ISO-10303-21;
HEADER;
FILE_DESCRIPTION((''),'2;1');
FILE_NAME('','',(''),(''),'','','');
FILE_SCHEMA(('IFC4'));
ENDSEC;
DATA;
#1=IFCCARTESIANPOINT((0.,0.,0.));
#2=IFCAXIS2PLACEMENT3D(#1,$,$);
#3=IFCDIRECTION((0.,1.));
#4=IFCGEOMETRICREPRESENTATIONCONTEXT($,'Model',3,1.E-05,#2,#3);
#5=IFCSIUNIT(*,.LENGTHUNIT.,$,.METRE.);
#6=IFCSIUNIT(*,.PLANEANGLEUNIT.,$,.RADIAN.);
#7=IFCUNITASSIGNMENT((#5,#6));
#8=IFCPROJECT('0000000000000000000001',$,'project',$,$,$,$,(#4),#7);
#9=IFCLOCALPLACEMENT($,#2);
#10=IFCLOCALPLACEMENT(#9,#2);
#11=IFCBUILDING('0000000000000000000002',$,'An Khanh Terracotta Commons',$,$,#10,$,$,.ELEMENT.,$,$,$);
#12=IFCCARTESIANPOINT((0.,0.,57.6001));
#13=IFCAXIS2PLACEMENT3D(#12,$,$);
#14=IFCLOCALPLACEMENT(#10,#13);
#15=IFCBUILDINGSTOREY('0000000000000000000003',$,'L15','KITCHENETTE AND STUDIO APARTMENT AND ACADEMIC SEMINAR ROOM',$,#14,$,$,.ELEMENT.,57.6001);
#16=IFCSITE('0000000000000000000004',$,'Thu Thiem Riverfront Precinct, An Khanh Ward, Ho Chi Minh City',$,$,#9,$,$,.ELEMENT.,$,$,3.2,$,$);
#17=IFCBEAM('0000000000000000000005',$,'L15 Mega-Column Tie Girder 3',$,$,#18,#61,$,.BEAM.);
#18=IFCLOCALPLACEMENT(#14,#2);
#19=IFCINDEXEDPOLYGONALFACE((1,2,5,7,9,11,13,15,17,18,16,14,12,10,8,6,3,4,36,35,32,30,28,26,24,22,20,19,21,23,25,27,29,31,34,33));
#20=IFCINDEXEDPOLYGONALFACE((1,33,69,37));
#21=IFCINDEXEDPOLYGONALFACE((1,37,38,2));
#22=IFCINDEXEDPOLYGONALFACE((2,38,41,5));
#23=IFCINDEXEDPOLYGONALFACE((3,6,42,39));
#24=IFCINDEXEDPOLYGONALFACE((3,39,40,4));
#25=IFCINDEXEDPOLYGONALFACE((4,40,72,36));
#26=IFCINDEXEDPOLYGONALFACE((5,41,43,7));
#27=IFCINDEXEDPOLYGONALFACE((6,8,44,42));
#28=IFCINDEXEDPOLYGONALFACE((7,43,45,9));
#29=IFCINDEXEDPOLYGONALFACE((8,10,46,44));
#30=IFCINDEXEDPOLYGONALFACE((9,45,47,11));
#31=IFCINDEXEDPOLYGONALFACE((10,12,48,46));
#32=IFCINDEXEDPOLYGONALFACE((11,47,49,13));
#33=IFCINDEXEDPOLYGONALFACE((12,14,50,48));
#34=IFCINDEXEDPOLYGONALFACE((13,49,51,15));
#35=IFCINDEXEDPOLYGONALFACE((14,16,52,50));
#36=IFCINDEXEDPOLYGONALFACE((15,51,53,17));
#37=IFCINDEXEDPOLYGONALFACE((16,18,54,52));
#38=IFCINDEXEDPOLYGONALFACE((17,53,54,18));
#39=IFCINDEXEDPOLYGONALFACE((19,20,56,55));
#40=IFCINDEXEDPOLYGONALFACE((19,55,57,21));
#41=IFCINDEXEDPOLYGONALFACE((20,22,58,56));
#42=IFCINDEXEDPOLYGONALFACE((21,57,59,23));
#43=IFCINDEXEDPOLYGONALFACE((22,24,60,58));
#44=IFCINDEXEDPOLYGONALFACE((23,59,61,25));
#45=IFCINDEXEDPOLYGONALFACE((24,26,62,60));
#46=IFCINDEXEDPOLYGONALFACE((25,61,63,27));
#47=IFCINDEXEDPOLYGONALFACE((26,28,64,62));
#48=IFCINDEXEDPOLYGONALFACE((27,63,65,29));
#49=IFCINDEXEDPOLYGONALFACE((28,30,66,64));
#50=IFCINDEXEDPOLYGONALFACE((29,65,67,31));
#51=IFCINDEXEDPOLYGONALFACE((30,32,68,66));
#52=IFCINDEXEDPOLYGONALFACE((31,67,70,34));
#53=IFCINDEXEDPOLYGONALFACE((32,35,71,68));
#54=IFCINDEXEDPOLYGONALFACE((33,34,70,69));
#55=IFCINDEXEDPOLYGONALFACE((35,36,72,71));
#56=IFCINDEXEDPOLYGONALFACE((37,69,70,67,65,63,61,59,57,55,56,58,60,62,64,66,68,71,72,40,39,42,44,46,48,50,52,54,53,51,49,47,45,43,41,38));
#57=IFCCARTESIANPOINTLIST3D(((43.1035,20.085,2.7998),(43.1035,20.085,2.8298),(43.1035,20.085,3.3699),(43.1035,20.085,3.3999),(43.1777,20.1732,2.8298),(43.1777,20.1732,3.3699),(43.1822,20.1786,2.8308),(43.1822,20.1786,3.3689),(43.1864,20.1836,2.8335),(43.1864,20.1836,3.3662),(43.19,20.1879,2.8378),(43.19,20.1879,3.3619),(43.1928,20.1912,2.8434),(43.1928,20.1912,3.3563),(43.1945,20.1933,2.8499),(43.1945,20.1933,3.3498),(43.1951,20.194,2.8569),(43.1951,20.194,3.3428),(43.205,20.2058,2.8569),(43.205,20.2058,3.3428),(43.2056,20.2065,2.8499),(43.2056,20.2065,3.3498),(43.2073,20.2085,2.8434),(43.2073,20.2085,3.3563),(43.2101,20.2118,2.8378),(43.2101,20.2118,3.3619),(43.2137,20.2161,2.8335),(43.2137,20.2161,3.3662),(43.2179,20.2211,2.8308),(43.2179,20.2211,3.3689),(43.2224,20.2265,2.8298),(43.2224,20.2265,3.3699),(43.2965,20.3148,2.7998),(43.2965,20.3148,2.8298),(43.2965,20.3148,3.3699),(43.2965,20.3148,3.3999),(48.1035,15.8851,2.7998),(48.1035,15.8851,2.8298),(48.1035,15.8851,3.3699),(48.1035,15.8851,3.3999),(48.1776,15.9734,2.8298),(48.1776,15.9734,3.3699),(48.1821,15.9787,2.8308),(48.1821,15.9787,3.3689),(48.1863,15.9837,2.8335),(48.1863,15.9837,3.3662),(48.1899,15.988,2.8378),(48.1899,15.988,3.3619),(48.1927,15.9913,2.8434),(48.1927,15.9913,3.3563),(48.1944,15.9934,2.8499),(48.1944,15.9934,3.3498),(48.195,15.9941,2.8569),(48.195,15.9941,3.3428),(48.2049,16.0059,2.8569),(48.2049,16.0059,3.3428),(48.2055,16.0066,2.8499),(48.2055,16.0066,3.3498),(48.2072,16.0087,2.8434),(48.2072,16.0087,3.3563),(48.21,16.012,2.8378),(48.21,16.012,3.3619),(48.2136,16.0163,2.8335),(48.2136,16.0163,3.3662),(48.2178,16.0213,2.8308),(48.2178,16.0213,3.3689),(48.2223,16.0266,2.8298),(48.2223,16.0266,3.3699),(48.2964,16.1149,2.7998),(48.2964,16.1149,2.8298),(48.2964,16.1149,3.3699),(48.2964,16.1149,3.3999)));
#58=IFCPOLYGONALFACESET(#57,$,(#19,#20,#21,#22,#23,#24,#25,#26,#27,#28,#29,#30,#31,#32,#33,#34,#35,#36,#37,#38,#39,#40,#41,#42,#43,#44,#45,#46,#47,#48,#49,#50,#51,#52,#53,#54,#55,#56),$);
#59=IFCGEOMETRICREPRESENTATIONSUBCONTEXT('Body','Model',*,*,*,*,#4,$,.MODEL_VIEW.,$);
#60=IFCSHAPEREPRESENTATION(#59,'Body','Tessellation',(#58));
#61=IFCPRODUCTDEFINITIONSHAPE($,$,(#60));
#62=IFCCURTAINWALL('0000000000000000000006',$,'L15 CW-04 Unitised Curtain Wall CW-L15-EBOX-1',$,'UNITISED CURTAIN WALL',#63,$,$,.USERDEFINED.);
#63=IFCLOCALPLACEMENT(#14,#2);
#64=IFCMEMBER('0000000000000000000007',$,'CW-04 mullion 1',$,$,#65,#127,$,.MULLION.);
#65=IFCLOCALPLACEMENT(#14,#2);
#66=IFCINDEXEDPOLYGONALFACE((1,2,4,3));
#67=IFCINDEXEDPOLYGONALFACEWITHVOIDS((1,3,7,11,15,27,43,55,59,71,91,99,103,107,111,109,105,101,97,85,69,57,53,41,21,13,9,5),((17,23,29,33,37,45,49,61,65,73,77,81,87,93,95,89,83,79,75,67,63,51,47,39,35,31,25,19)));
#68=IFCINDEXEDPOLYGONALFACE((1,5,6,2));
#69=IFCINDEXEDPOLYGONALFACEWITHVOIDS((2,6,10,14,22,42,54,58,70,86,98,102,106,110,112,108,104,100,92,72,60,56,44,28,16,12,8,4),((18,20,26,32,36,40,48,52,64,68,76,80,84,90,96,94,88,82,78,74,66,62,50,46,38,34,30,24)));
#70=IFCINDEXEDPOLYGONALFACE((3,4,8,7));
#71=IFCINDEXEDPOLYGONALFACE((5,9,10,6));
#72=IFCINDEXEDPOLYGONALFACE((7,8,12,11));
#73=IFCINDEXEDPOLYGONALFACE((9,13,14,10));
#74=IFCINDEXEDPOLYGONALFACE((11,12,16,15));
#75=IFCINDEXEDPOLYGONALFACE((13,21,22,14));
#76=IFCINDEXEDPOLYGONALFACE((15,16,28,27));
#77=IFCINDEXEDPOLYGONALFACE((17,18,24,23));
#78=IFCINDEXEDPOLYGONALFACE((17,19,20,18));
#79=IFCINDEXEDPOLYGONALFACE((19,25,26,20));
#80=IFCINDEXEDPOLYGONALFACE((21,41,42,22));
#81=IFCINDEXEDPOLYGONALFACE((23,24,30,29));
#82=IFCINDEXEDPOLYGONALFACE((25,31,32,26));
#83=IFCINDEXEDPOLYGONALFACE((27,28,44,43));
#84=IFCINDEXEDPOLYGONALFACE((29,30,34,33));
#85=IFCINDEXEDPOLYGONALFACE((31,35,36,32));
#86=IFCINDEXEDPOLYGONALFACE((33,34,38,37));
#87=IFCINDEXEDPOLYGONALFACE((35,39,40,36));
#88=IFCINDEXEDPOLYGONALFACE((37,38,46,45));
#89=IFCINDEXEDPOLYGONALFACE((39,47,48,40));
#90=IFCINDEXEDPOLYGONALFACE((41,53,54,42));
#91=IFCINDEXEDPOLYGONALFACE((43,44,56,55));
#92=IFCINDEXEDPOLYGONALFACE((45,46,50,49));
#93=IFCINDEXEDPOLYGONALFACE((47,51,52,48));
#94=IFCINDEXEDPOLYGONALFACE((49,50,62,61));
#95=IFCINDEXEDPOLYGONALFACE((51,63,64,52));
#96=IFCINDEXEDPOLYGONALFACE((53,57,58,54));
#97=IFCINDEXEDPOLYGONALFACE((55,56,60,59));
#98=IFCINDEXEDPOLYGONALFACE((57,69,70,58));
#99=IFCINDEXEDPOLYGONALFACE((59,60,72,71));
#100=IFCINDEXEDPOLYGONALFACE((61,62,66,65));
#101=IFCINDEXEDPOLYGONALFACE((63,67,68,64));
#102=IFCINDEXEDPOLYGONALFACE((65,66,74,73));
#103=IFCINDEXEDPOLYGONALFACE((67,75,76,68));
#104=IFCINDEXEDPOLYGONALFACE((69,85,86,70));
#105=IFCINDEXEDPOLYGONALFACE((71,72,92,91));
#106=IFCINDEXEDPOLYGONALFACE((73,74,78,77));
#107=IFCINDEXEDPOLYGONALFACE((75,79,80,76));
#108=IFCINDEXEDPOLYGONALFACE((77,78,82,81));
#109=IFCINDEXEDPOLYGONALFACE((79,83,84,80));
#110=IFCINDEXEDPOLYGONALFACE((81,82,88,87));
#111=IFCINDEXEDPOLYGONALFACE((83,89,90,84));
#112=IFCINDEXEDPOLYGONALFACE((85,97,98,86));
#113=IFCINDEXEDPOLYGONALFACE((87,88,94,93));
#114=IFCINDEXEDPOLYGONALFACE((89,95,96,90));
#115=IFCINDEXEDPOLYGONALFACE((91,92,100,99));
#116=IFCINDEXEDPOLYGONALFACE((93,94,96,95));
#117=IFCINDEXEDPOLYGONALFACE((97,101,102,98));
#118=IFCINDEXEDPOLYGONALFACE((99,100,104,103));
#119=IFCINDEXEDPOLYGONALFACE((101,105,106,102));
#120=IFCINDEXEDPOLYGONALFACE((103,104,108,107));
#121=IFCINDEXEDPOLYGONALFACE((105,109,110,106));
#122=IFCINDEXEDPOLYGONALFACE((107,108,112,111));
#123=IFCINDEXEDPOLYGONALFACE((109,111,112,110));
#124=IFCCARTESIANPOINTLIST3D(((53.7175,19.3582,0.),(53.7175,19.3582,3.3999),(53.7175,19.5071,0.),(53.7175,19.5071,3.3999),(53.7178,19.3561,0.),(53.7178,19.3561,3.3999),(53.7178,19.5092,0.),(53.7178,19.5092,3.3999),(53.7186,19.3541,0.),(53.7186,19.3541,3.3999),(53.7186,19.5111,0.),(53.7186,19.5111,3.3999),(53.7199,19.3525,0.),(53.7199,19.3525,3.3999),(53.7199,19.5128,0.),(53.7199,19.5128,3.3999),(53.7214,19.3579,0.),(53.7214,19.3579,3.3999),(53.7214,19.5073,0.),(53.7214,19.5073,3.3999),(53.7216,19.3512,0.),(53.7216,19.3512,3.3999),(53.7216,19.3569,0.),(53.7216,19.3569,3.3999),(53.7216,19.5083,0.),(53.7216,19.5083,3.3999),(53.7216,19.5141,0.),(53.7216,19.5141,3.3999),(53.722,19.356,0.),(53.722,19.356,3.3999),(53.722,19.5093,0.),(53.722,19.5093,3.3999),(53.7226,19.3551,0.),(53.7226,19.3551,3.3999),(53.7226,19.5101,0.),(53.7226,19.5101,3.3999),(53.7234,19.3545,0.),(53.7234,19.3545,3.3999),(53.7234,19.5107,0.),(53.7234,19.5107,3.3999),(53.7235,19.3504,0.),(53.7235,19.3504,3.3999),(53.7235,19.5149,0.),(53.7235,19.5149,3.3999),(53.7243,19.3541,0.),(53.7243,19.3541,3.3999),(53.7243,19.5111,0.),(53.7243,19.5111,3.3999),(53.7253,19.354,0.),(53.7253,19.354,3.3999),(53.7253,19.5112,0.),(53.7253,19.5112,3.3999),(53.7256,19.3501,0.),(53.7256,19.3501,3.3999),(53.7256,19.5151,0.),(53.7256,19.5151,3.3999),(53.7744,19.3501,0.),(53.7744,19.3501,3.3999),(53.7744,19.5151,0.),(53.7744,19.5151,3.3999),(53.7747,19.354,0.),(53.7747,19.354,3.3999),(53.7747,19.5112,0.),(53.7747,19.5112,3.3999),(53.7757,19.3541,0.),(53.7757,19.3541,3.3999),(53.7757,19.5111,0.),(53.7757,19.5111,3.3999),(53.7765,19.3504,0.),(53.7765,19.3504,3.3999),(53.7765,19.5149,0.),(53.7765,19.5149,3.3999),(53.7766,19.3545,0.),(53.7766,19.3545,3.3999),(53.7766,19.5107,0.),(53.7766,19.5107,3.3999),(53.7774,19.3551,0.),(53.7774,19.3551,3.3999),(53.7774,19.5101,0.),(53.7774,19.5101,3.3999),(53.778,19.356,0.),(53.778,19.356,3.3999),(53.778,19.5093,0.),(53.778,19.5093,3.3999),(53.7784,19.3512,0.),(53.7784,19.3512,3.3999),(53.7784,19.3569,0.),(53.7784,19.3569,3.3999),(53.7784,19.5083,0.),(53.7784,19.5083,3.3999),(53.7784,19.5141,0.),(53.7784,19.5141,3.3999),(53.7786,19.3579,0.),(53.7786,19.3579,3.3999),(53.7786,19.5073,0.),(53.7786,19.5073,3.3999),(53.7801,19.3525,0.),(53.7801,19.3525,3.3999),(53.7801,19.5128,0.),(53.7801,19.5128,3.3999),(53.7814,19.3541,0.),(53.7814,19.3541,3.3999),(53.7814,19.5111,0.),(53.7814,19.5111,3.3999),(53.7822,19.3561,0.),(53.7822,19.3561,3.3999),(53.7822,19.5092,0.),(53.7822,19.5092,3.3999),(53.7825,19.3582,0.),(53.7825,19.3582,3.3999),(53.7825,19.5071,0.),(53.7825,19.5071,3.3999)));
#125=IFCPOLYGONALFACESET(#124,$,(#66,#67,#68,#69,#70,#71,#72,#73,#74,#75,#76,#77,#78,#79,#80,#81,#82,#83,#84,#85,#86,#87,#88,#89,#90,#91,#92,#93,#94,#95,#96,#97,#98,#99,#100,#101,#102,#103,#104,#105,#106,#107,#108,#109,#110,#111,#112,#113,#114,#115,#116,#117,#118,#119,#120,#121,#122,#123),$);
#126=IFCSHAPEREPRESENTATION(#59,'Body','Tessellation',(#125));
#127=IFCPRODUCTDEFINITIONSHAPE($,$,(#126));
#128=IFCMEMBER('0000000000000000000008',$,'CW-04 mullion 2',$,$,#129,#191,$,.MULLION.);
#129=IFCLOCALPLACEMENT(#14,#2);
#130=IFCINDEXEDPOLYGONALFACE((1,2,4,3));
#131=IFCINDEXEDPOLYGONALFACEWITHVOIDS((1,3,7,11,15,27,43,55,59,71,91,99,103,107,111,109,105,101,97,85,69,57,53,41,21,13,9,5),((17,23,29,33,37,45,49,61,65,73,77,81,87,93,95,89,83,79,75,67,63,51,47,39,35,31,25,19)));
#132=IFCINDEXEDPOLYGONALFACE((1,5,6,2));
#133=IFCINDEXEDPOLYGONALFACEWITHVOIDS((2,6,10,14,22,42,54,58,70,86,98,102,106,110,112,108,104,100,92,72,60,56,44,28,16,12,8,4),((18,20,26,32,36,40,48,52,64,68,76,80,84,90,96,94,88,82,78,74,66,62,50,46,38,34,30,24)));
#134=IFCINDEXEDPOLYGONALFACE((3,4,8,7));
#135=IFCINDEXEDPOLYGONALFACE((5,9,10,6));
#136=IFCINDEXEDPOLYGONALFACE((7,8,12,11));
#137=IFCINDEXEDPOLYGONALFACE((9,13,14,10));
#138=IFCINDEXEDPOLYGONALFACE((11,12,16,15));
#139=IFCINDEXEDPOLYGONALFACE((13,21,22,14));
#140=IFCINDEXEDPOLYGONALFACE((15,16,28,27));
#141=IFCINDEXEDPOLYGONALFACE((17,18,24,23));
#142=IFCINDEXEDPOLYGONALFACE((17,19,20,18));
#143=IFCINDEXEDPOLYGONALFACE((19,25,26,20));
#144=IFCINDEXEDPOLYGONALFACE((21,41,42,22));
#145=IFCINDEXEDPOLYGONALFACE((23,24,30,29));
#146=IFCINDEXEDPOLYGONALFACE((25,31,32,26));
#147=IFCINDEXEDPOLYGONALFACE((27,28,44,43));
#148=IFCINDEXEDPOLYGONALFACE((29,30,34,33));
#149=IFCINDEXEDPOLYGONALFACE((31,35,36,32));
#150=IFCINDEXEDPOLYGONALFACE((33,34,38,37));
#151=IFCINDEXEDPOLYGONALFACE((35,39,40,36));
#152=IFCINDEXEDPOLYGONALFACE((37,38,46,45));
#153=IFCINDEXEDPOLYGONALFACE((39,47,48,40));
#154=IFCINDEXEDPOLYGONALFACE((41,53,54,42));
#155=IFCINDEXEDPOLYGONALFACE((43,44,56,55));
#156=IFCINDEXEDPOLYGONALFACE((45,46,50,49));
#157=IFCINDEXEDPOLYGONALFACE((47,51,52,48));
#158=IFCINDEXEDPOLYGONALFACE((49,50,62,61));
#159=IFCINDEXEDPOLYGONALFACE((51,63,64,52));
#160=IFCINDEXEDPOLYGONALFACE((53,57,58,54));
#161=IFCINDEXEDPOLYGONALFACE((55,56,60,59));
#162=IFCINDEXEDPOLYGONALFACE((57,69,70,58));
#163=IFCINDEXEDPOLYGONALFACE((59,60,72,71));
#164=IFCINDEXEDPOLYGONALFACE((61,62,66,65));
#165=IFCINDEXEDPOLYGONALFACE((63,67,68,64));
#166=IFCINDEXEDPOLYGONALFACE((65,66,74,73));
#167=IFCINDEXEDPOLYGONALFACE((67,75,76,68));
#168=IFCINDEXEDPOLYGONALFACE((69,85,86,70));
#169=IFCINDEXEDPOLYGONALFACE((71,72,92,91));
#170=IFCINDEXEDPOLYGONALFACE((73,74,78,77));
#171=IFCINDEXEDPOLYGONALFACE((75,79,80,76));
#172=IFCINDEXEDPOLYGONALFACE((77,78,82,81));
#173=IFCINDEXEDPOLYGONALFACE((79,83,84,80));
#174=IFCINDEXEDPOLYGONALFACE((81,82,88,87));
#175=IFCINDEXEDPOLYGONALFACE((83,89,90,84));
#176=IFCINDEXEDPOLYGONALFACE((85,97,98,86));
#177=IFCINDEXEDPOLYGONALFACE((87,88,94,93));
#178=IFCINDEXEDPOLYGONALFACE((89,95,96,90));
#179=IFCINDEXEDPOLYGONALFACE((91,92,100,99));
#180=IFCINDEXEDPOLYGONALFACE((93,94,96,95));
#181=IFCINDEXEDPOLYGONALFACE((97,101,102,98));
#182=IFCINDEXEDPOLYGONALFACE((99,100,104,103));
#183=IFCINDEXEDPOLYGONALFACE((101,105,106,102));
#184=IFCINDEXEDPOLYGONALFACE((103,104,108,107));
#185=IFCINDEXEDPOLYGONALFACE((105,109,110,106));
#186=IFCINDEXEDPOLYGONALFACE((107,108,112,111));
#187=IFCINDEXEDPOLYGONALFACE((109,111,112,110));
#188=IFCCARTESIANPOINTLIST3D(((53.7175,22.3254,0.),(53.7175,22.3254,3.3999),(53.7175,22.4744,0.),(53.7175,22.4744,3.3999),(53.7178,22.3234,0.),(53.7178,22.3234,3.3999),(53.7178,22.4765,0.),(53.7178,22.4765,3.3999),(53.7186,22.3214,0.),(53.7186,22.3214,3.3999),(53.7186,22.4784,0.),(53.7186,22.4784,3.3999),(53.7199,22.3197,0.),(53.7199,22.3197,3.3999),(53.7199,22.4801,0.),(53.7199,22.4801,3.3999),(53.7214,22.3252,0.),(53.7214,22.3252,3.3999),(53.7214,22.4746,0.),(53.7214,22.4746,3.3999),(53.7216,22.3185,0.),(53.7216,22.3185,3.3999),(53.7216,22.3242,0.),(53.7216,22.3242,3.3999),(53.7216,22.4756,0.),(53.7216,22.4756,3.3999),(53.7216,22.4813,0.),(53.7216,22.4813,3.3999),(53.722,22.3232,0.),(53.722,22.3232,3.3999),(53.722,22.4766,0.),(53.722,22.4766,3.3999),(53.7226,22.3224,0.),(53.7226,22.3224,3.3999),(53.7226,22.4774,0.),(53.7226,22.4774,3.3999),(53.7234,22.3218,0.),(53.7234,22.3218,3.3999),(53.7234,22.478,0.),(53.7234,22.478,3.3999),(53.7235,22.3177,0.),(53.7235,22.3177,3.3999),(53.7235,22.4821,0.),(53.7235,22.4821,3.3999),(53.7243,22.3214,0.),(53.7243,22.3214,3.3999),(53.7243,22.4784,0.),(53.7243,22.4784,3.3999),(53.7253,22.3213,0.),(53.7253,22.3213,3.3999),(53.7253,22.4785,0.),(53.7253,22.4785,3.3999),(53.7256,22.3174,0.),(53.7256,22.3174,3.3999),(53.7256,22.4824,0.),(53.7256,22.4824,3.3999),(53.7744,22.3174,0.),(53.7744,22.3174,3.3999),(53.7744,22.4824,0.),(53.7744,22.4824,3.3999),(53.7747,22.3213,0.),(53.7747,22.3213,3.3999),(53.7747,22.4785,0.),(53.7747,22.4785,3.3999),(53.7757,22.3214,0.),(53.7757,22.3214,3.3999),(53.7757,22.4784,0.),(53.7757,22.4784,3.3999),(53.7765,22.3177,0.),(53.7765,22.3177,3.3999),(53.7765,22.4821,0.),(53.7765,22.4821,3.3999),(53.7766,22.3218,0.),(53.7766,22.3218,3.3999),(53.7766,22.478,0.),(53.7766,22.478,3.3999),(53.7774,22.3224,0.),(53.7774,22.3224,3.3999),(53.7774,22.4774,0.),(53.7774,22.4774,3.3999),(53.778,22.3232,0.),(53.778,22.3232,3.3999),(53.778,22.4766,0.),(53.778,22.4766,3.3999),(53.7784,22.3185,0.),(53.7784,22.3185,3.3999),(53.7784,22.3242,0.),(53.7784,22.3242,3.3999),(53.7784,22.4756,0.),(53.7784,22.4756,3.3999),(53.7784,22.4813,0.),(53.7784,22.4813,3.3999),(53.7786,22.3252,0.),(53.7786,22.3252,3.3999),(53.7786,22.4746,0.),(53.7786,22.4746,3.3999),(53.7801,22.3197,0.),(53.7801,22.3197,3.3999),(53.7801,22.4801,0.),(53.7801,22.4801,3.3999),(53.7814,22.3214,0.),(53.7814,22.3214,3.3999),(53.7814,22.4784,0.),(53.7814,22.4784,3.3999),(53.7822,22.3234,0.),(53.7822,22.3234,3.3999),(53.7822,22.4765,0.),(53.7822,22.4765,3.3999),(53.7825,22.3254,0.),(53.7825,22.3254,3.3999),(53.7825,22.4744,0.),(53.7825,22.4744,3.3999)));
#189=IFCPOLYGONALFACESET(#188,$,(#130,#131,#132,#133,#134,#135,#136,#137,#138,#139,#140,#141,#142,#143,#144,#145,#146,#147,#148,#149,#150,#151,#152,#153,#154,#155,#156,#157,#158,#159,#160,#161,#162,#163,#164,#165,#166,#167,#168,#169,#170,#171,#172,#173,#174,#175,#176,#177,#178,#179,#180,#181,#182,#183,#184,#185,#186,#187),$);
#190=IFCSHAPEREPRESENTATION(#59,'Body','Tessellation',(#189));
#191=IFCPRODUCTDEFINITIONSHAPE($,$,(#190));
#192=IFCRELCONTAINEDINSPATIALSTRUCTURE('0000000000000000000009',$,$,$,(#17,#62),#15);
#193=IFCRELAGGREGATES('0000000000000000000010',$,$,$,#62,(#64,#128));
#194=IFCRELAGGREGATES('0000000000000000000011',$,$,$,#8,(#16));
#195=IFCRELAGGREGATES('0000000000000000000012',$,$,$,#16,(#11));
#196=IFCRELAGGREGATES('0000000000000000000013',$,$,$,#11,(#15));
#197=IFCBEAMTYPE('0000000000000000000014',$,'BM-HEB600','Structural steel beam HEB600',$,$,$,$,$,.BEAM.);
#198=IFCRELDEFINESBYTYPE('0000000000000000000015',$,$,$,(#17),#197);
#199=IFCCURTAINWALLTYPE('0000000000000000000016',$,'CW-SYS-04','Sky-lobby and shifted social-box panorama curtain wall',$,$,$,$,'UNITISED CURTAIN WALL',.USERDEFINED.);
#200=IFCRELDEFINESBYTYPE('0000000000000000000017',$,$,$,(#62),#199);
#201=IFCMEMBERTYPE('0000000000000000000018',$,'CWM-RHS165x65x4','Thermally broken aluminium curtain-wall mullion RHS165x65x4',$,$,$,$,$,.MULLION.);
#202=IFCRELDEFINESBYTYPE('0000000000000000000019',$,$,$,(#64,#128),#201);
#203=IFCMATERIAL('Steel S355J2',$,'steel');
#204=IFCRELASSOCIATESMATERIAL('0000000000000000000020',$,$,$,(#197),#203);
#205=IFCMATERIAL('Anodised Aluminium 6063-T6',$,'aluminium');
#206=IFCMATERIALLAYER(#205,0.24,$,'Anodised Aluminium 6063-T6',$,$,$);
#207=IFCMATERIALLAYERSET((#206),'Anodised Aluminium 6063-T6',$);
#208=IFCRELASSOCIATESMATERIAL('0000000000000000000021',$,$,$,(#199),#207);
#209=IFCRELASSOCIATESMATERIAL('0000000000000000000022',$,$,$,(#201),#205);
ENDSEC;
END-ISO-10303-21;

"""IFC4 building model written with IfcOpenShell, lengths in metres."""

from ifc_helpers import new_model, si_unit, direction, frame, origin, origin_2d, place, context, subcontext, project, spatial, hollow_rectangle, i_section, extrude, material, layer, layer_set, material_profile, profile_set, type_object, element, aggregate, save


model = new_model("IFC4")

# Units and contexts
model_context = context("Model", 3, precision=1e-05, world=origin(), true_north=direction((0.0, 1.0)))
body_context = subcontext(model_context, "Body", "Model", "MODEL_VIEW")
ifc_project = project(units=[si_unit("LENGTHUNIT", "METRE"), si_unit("PLANEANGLEUNIT", "RADIAN")], contexts=[model_context])

# Site, building, storey
site_placement = place(None, origin())
site = spatial("IfcSite", under=ifc_project, at=site_placement, Name="Thu Thiem Riverfront Precinct, An Khanh Ward, Ho Chi Minh City", CompositionType="ELEMENT", RefElevation=3.2)
building_placement = place(site_placement, origin())
building = spatial("IfcBuilding", under=site, at=building_placement, Name="An Khanh Terracotta Commons", CompositionType="ELEMENT")
storey_placement = place(building_placement, frame((0.0, 0.0, 57.6001)))
storey = spatial("IfcBuildingStorey", under=building, at=storey_placement, Name="L15", Description="KITCHENETTE AND STUDIO APARTMENT AND ACADEMIC SEMINAR ROOM", CompositionType="ELEMENT", Elevation=57.6001)

# Beam
ifc_material_1 = material(Name="Steel S355J2", Category="steel")
ifc_material_profile_1 = material_profile(ifc_material_1, i_section(OverallWidth=0.3, OverallDepth=0.6001, WebThickness=0.0154, FlangeThickness=0.03, FilletRadius=0.0271, at=origin_2d()), Name="HEB600")
ifc_profile_set_1 = profile_set([ifc_material_profile_1], Name="Steel S355J2")
beam_type = type_object("IfcBeamType", Name="BM-HEB600", Description="Structural steel beam HEB600", PredefinedType="BEAM", material=ifc_profile_set_1)
beam_placement = place(storey_placement, frame((48.2, 16.0, 3.0999), z_axis=(-0.765709, 0.643188, 0.0), x_axis=(-0.643188, -0.765709, 0.0)))
element("IfcBeam", 1, at=beam_placement, inside=storey, type_object=beam_type, Name="L15 Mega-Column Tie Girder 3", PredefinedType="BEAM", context=body_context, shape_type="SweptSolid", body=[
    extrude(i_section(OverallWidth=0.3, OverallDepth=0.6001, WebThickness=0.0154, FlangeThickness=0.03, FilletRadius=0.0271, at=origin_2d()), origin(), (0.0, 0.0, 1.0), 6.5298),
])

# Curtain wall, members
ifc_material_2 = material(Name="Anodised Aluminium 6063-T6", Category="aluminium")
ifc_layer_1 = layer(ifc_material_2, 0.24, Name="Anodised Aluminium 6063-T6")
ifc_layer_set_1 = layer_set([ifc_layer_1], Name="Anodised Aluminium 6063-T6")
curtain_wall_type = type_object("IfcCurtainWallType", Name="CW-SYS-04", Description="Sky-lobby and shifted social-box panorama curtain wall", ElementType="UNITISED CURTAIN WALL", PredefinedType="USERDEFINED", material=ifc_layer_set_1)
curtain_wall_1_placement = place(storey_placement, origin())
curtain_wall_1 = element("IfcCurtainWall", 2, at=curtain_wall_1_placement, inside=storey, type_object=curtain_wall_type, Name="L15 CW-04 Unitised Curtain Wall CW-L15-EBOX-1", ObjectType="UNITISED CURTAIN WALL", PredefinedType="USERDEFINED")
ifc_material_profile_2 = material_profile(ifc_material_2, hollow_rectangle(XDim=0.0649, YDim=0.165, WallThickness=0.0039, InnerFilletRadius=0.0039, OuterFilletRadius=0.0081, at=origin_2d()), Name="RHS165x65x4")
ifc_profile_set_2 = profile_set([ifc_material_profile_2], Name="Anodised Aluminium 6063-T6")
member_type_1 = type_object("IfcMemberType", Name="CWM-RHS165x65x4", Description="Thermally broken aluminium curtain-wall mullion RHS165x65x4", PredefinedType="MULLION", material=ifc_profile_set_2)
member_1_placement = place(storey_placement, frame((53.75, 19.4326, 0.0), z_axis=(0.0, 0.0, 1.0), x_axis=(-1.0, 0.0, 0.0)))
member_1 = element("IfcMember", 3, at=member_1_placement, type_object=member_type_1, Name="CW-04 mullion 1", PredefinedType="MULLION", context=body_context, shape_type="SweptSolid", body=[
    extrude(hollow_rectangle(XDim=0.0649, YDim=0.165, WallThickness=0.0039, InnerFilletRadius=0.0039, OuterFilletRadius=0.0081, at=origin_2d()), origin(), (0.0, 0.0, 1.0), 3.3999),
])
member_2_placement = place(storey_placement, frame((53.75, 22.3999, 0.0), z_axis=(0.0, 0.0, 1.0), x_axis=(-1.0, 0.0, 0.0)))
member_2 = element("IfcMember", 4, at=member_2_placement, type_object=member_type_1, Name="CW-04 mullion 2", PredefinedType="MULLION", context=body_context, shape_type="SweptSolid", body=[
    extrude(hollow_rectangle(XDim=0.0649, YDim=0.165, WallThickness=0.0039, InnerFilletRadius=0.0039, OuterFilletRadius=0.0081, at=origin_2d()), origin(), (0.0, 0.0, 1.0), 3.3999),
])

aggregate(curtain_wall_1, [member_1, member_2])

save(model, "model.ifc")
